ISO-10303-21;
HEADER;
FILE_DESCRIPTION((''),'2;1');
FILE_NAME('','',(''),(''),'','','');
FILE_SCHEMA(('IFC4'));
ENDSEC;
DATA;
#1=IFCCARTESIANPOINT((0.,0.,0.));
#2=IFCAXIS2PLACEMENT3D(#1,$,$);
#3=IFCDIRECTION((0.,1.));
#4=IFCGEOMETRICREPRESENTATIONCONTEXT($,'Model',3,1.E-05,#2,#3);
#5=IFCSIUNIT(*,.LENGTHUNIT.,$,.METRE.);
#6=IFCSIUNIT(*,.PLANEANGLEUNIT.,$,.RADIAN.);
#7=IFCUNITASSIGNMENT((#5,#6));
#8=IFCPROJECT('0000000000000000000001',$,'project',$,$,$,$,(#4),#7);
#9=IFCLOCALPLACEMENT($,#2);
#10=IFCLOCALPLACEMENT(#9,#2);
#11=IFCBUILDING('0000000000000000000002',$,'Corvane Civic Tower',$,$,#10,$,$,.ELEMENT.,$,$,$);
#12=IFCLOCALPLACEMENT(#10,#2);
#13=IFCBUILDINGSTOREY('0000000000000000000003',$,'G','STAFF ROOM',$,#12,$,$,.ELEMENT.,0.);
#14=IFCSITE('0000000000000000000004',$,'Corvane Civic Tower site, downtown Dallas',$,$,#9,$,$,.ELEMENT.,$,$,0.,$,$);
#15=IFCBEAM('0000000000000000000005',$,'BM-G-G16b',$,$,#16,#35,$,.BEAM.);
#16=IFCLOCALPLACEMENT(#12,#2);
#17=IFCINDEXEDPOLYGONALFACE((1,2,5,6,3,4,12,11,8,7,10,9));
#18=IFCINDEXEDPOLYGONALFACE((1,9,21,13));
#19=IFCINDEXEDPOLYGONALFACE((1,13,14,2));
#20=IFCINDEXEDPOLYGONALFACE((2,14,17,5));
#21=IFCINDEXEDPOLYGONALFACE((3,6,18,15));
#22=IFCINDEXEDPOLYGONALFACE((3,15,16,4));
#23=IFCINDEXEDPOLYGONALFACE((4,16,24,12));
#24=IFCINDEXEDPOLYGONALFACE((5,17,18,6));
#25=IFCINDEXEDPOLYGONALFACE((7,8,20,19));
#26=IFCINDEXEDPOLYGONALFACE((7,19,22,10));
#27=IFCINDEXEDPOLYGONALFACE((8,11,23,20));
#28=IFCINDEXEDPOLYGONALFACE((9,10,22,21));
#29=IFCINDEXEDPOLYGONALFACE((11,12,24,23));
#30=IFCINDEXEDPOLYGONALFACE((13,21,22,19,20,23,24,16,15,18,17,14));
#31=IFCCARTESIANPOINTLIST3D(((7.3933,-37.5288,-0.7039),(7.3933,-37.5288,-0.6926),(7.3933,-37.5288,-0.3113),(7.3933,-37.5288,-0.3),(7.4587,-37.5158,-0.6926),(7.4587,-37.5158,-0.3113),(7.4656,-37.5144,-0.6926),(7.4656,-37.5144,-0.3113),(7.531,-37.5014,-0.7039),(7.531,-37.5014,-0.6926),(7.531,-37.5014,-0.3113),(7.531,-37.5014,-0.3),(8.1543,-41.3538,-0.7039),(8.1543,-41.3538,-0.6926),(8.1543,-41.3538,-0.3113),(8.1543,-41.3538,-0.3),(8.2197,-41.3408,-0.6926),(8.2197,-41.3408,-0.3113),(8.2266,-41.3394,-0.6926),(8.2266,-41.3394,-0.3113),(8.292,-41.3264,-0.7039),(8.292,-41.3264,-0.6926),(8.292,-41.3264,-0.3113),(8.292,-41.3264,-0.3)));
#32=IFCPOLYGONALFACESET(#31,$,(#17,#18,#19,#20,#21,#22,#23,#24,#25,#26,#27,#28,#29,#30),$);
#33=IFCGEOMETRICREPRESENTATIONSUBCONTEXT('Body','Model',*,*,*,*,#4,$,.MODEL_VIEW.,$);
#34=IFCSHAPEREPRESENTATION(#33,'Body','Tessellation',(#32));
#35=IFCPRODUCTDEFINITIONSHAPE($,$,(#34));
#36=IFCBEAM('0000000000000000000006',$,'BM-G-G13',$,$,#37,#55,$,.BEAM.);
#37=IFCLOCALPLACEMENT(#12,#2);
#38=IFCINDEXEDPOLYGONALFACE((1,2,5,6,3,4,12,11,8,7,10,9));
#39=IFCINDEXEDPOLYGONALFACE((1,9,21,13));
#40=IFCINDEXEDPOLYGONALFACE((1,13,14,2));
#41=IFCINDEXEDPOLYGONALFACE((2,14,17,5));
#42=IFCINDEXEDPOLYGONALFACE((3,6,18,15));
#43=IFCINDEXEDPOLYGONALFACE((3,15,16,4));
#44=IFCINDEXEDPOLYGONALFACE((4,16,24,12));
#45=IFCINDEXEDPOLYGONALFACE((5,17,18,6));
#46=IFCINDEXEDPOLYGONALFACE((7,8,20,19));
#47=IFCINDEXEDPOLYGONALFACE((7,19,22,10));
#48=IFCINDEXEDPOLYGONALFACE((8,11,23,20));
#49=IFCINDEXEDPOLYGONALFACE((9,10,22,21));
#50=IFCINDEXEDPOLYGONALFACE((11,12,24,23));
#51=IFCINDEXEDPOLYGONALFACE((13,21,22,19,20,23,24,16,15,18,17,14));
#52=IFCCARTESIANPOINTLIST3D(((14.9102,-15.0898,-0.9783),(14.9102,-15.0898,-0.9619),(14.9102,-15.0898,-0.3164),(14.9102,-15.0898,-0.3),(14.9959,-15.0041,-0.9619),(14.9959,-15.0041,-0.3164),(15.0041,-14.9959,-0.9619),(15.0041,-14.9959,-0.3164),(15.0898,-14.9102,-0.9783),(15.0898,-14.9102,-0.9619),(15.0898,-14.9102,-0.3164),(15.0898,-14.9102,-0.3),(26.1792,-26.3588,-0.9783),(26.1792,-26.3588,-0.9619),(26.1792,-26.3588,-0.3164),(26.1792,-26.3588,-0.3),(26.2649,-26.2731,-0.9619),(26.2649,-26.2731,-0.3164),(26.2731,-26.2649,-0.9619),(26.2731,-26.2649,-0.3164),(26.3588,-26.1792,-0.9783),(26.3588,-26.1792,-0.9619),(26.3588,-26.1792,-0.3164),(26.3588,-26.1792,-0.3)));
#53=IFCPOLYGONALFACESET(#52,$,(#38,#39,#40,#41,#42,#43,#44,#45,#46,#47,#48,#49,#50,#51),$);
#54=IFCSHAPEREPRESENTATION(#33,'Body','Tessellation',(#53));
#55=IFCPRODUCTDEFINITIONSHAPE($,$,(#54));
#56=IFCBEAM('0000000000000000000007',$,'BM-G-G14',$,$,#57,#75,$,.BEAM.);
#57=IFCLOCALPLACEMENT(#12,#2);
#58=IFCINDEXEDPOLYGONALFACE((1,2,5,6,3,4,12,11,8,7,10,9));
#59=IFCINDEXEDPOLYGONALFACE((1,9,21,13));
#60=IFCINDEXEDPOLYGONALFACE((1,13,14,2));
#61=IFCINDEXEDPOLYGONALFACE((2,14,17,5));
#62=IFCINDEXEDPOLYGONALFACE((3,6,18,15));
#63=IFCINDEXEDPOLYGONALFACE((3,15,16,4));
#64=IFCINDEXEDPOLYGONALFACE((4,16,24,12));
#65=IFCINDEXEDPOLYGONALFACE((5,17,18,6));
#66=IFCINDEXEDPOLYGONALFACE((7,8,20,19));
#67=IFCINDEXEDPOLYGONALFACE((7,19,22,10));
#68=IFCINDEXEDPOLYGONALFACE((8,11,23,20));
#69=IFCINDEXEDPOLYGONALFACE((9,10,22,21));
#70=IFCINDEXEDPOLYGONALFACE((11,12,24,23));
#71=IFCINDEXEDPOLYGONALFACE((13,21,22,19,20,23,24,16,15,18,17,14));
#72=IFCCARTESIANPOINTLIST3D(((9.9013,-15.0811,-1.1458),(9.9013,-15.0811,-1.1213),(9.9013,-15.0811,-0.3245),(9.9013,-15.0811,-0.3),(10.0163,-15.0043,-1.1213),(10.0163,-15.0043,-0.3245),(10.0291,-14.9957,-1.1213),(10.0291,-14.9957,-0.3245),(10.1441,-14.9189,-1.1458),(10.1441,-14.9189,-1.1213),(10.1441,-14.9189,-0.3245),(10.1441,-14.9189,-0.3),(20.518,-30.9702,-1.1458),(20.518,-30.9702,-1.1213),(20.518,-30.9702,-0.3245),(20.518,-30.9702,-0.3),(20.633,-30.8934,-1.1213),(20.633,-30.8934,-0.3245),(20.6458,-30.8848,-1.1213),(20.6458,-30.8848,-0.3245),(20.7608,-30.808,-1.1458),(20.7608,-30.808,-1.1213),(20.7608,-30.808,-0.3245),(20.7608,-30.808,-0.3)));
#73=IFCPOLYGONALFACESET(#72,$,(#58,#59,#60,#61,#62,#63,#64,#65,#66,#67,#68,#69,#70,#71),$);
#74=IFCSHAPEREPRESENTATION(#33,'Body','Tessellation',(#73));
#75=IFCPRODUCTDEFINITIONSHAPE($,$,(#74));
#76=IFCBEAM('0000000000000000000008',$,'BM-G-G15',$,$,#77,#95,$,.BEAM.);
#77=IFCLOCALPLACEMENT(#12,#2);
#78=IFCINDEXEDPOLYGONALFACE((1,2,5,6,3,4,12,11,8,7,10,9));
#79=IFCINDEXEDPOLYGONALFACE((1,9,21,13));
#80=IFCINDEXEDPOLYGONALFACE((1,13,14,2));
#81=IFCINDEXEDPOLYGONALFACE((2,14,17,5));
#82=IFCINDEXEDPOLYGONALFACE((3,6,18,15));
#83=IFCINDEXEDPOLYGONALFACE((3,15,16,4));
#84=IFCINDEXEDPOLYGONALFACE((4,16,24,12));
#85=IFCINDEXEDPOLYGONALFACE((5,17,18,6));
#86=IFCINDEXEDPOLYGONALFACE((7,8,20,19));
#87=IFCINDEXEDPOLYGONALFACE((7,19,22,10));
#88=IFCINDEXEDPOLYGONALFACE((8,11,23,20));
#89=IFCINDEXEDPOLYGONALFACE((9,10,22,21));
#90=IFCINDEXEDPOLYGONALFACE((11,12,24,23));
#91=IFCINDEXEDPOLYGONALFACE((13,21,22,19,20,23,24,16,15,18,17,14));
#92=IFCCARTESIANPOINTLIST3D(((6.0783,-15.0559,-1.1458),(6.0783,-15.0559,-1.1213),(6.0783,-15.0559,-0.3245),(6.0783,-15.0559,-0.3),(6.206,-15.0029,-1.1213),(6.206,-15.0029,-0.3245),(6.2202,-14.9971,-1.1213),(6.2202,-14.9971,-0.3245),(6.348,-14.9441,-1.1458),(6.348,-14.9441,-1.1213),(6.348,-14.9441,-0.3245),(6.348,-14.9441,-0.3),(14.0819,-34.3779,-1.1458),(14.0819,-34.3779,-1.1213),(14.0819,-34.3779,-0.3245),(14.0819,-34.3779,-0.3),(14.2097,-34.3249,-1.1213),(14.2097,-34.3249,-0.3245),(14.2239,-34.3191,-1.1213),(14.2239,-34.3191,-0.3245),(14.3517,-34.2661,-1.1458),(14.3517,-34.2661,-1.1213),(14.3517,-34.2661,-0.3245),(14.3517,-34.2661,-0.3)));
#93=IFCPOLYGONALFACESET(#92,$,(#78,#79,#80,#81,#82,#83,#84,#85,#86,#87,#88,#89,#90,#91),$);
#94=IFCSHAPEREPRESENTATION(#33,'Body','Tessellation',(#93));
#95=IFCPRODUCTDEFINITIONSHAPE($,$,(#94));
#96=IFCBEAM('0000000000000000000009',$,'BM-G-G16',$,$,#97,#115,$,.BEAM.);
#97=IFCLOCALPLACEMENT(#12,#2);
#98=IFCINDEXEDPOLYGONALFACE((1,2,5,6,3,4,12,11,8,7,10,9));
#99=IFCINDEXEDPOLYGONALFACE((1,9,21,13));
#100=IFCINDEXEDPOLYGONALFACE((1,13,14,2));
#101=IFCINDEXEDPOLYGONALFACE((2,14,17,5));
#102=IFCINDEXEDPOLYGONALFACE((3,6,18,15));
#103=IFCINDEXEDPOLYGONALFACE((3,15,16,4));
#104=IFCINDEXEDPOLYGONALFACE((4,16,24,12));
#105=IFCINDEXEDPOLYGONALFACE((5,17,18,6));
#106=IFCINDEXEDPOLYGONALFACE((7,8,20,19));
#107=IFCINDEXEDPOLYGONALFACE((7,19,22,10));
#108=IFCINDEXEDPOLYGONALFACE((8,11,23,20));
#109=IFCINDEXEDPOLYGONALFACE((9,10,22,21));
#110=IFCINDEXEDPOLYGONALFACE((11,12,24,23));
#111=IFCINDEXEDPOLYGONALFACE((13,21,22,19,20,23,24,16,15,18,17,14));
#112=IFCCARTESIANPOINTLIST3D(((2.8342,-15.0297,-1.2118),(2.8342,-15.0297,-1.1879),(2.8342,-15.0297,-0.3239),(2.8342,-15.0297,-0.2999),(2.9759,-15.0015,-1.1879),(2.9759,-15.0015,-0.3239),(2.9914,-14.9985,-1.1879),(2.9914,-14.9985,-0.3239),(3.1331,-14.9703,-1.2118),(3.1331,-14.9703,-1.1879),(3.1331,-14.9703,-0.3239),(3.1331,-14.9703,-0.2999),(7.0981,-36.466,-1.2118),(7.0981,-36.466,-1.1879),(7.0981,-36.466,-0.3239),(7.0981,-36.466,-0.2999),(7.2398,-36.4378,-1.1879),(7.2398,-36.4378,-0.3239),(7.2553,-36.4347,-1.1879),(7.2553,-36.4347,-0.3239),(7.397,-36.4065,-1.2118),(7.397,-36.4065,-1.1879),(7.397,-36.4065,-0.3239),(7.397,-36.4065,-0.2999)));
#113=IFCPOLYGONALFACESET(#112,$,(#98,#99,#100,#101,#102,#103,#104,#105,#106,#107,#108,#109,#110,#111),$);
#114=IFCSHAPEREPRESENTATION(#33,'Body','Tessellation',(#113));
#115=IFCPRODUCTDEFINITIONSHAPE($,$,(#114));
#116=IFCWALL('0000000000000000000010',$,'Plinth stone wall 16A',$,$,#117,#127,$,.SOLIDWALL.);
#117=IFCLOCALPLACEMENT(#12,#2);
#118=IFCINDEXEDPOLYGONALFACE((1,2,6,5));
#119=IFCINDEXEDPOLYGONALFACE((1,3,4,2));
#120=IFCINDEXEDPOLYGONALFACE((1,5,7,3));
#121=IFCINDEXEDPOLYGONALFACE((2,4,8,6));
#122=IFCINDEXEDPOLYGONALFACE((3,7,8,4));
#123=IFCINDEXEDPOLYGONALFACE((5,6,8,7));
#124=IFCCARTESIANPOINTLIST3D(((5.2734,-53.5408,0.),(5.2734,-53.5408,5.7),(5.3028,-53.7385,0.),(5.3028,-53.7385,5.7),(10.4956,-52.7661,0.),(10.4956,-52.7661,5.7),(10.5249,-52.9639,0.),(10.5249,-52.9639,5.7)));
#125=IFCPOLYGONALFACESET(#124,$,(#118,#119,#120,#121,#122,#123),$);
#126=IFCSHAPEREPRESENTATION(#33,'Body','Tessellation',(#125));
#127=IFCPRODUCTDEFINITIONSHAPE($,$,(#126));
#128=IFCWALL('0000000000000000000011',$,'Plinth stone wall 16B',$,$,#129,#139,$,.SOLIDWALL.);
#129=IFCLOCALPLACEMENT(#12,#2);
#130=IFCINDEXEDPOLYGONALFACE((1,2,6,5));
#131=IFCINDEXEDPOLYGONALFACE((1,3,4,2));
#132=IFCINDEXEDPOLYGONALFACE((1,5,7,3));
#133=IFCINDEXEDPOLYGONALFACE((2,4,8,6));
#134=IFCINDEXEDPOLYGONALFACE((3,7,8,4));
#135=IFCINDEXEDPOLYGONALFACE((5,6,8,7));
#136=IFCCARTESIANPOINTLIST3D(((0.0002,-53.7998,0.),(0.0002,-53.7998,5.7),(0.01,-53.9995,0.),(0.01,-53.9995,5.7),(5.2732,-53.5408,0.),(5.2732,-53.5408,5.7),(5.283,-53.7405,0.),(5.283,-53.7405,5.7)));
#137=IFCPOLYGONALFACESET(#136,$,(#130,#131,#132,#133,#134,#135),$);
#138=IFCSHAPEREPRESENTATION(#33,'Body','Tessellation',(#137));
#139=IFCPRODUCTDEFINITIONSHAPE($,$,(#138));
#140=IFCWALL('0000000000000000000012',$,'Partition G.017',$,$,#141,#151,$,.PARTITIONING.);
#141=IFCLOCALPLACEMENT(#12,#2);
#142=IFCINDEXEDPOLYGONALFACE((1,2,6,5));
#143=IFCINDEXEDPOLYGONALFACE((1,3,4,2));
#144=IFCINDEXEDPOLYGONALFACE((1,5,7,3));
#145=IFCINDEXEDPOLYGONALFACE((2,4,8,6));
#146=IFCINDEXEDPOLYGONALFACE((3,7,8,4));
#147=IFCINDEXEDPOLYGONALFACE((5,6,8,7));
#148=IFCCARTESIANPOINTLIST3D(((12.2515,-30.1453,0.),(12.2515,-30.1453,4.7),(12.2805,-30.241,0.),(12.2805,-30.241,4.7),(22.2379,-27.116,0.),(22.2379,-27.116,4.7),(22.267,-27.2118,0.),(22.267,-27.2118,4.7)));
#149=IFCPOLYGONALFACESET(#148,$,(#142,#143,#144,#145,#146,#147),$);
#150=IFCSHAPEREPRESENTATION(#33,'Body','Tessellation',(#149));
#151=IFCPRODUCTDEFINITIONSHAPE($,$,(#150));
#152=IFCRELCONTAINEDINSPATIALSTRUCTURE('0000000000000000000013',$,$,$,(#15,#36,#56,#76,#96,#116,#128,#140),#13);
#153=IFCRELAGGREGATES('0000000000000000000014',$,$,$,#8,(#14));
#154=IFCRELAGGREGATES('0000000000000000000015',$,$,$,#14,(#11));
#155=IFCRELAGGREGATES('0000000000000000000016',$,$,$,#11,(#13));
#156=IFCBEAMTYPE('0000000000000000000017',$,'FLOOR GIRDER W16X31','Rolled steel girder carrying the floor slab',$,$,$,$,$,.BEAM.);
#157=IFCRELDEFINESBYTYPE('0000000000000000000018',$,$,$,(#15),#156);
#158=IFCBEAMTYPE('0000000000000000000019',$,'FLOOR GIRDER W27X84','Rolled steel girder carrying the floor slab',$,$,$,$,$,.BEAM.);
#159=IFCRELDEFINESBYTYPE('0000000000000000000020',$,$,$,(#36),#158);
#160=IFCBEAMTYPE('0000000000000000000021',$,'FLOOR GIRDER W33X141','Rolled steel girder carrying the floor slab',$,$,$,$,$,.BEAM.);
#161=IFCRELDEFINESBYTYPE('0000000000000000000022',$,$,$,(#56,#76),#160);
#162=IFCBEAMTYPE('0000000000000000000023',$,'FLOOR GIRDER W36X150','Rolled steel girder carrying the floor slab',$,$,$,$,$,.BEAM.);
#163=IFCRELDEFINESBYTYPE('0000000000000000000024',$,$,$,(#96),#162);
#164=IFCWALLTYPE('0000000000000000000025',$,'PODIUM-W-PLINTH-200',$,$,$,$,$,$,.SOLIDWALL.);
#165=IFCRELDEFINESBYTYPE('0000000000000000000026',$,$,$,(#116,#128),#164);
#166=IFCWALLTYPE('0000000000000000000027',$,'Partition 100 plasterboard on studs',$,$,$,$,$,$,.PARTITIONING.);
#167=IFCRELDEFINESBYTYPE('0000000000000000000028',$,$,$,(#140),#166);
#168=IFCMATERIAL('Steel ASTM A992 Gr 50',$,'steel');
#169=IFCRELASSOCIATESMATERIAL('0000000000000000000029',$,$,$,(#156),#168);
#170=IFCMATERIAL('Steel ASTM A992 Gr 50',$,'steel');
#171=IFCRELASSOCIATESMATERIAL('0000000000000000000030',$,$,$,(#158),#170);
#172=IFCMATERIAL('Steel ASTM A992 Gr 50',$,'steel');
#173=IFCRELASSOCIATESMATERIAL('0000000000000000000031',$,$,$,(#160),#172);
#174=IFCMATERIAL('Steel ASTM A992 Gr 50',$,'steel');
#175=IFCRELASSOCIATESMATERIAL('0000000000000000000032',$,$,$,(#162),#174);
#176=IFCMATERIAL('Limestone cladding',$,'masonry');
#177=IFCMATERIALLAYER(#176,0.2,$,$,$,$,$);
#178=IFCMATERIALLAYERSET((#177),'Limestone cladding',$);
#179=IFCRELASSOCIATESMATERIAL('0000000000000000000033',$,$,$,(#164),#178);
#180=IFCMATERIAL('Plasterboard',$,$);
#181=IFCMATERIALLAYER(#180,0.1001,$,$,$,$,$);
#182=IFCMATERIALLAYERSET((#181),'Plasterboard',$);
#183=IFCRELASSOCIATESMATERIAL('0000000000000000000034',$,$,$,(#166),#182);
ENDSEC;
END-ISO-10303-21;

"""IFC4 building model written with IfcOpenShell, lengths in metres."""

from ifc_helpers import new_model, si_unit, direction, frame, frame_2d, origin, origin_2d, place, context, subcontext, project, spatial, rectangle, i_section, extrude, material, layer, layer_set, material_profile, profile_set, type_object, element, save


model = new_model("IFC4")

# Units and contexts
model_context = context("Model", 3, precision=1e-05, world=origin(), true_north=direction((0.0, 1.0)))
body_context = subcontext(model_context, "Body", "Model", "MODEL_VIEW")
ifc_project = project(units=[si_unit("LENGTHUNIT", "METRE"), si_unit("PLANEANGLEUNIT", "RADIAN")], contexts=[model_context])

# Site, building, storey
site_placement = place(None, origin())
site = spatial("IfcSite", under=ifc_project, at=site_placement, Name="Corvane Civic Tower site, downtown Dallas", CompositionType="ELEMENT", RefElevation=0.0)
building_placement = place(site_placement, origin())
building = spatial("IfcBuilding", under=site, at=building_placement, Name="Corvane Civic Tower", CompositionType="ELEMENT")
storey_placement = place(building_placement, origin())
storey = spatial("IfcBuildingStorey", under=building, at=storey_placement, Name="G", Description="STAFF ROOM", CompositionType="ELEMENT", Elevation=0.0)

# Beams
ifc_material_1 = material(Name="Steel ASTM A992 Gr 50", Category="steel")
ifc_material_profile_1 = material_profile(ifc_material_1, i_section(OverallWidth=0.1404, OverallDepth=0.4038, WebThickness=0.0071, FlangeThickness=0.0112, at=origin_2d()), Name="W16X31")
ifc_profile_set_1 = profile_set([ifc_material_profile_1], Name="Steel ASTM A992 Gr 50")
beam_type_1 = type_object("IfcBeamType", Name="FLOOR GIRDER W16X31", Description="Rolled steel girder carrying the floor slab", PredefinedType="BEAM", material=ifc_profile_set_1)
for number, where, z_axis, x_axis, name in (
    (1, (7.4622, -37.5151, -0.502), (0.195129, -0.980778, 0.0), (0.980778, 0.195129, 0.0), "BM-G-G16b"),
):
    element("IfcBeam", number, at=place(storey_placement, frame(where, z_axis=z_axis, x_axis=x_axis)), inside=storey, type_object=beam_type_1, Name=name, PredefinedType="BEAM", context=body_context, shape_type="SweptSolid", body=[
        extrude(i_section(OverallWidth=0.1404, OverallDepth=0.4038, WebThickness=0.0071, FlangeThickness=0.0112, at=origin_2d()), origin(), (0.0, 0.0, 1.0), 3.8999),
    ])
ifc_material_2 = material(Name="Steel ASTM A992 Gr 50", Category="steel")
ifc_material_profile_2 = material_profile(ifc_material_2, i_section(OverallWidth=0.2539, OverallDepth=0.6782, WebThickness=0.0117, FlangeThickness=0.0164, at=origin_2d()), Name="W27X84")
ifc_profile_set_2 = profile_set([ifc_material_profile_2], Name="Steel ASTM A992 Gr 50")
beam_type_2 = type_object("IfcBeamType", Name="FLOOR GIRDER W27X84", Description="Rolled steel girder carrying the floor slab", PredefinedType="BEAM", material=ifc_profile_set_2)
beam_1_placement = place(storey_placement, frame((15.0, -15.0, -0.6392), z_axis=(0.707107, -0.707107, 0.0), x_axis=(0.707107, 0.707107, 0.0)))
element("IfcBeam", 2, at=beam_1_placement, inside=storey, type_object=beam_type_2, Name="BM-G-G13", PredefinedType="BEAM", context=body_context, shape_type="SweptSolid", body=[
    extrude(i_section(OverallWidth=0.2539, OverallDepth=0.6782, WebThickness=0.0117, FlangeThickness=0.0164, at=origin_2d()), origin(), (0.0, 0.0, 1.0), 15.9368),
])
ifc_material_3 = material(Name="Steel ASTM A992 Gr 50", Category="steel")
ifc_material_profile_3 = material_profile(ifc_material_3, i_section(OverallWidth=0.292, OverallDepth=0.8457, WebThickness=0.0154, FlangeThickness=0.0244, at=origin_2d()), Name="W33X141")
ifc_profile_set_3 = profile_set([ifc_material_profile_3], Name="Steel ASTM A992 Gr 50")
beam_type_3 = type_object("IfcBeamType", Name="FLOOR GIRDER W33X141", Description="Rolled steel girder carrying the floor slab", PredefinedType="BEAM", material=ifc_profile_set_3)
beam_2_placement = place(storey_placement, frame((10.0227, -15.0, -0.7229), z_axis=(0.555567, -0.831472, 0.0), x_axis=(0.831472, 0.555567, 0.0)))
element("IfcBeam", 3, at=beam_2_placement, inside=storey, type_object=beam_type_3, Name="BM-G-G14", PredefinedType="BEAM", context=body_context, shape_type="SweptSolid", body=[
    extrude(i_section(OverallWidth=0.292, OverallDepth=0.8457, WebThickness=0.0154, FlangeThickness=0.0244, at=origin_2d()), origin(), (0.0, 0.0, 1.0), 19.1096),
])
beam_3_placement = place(storey_placement, frame((6.2131, -15.0, -0.7229), z_axis=(0.382692, -0.923876, 0.0), x_axis=(0.923876, 0.382692, 0.0)))
element("IfcBeam", 4, at=beam_3_placement, inside=storey, type_object=beam_type_3, Name="BM-G-G15", PredefinedType="BEAM", context=body_context, shape_type="SweptSolid", body=[
    extrude(i_section(OverallWidth=0.292, OverallDepth=0.8457, WebThickness=0.0154, FlangeThickness=0.0244, at=origin_2d()), origin(), (0.0, 0.0, 1.0), 20.9141),
])
ifc_material_4 = material(Name="Steel ASTM A992 Gr 50", Category="steel")
ifc_material_profile_4 = material_profile(ifc_material_4, i_section(OverallWidth=0.3047, OverallDepth=0.9119, WebThickness=0.0159, FlangeThickness=0.0239, at=origin_2d()), Name="W36X150")
ifc_profile_set_4 = profile_set([ifc_material_profile_4], Name="Steel ASTM A992 Gr 50")
beam_type_4 = type_object("IfcBeamType", Name="FLOOR GIRDER W36X150", Description="Rolled steel girder carrying the floor slab", PredefinedType="BEAM", material=ifc_profile_set_4)
beam_4_placement = place(storey_placement, frame((2.9836, -15.0, -0.7559), z_axis=(0.195089, -0.980785, 0.0), x_axis=(0.980785, 0.195089, 0.0)))
element("IfcBeam", 5, at=beam_4_placement, inside=storey, type_object=beam_type_4, Name="BM-G-G16", PredefinedType="BEAM", context=body_context, shape_type="SweptSolid", body=[
    extrude(i_section(OverallWidth=0.3047, OverallDepth=0.9119, WebThickness=0.0159, FlangeThickness=0.0239, at=origin_2d()), origin(), (0.0, 0.0, 1.0), 21.8562),
])

# Walls
ifc_material_5 = material(Name="Limestone cladding", Category="masonry")
ifc_layer_1 = layer(ifc_material_5, 0.2)
ifc_layer_set_1 = layer_set([ifc_layer_1], Name="Limestone cladding")
wall_type_1 = type_object("IfcWallType", Name="PODIUM-W-PLINTH-200", PredefinedType="SOLIDWALL", material=ifc_layer_set_1)
for number, where, z_axis, x_axis, name in (
    (6, (10.5103, -52.865, 0.0), (0.0, 0.0, 1.0), (-0.989176, -0.146735, 0.0), "Plinth stone wall 16A"),
    (7, (5.2781, -53.6406, 0.0), (0.0, 0.0, 1.0), (-0.998796, -0.049066, 0.0), "Plinth stone wall 16B"),
):
    element("IfcWall", number, at=place(storey_placement, frame(where, z_axis=z_axis, x_axis=x_axis)), inside=storey, type_object=wall_type_1, Name=name, PredefinedType="SOLIDWALL", context=body_context, shape_type="SweptSolid", body=[
        extrude(rectangle(XDim=5.2793, YDim=0.2, at=frame_2d((2.6396, 0.0))), origin(), (0.0, 0.0, 1.0), 5.7),
    ])
ifc_material_6 = material(Name="Plasterboard")
ifc_layer_2 = layer(ifc_material_6, 0.1001)
ifc_layer_set_2 = layer_set([ifc_layer_2], Name="Plasterboard")
wall_type_2 = type_object("IfcWallType", Name="Partition 100 plasterboard on studs", PredefinedType="PARTITIONING", material=ifc_layer_set_2)
wall_1_placement = place(storey_placement, frame((12.2661, -30.1931, 0.0), z_axis=(0.0, 0.0, 1.0), x_axis=(0.956943, 0.290276, 0.0)))
element("IfcWall", 8, at=wall_1_placement, inside=storey, type_object=wall_type_2, Name="Partition G.017", PredefinedType="PARTITIONING", context=body_context, shape_type="SweptSolid", body=[
    extrude(rectangle(XDim=10.4358, YDim=0.1001, at=frame_2d((5.2178, 0.0))), origin(), (0.0, 0.0, 1.0), 4.7),
])

save(model, "model.ifc")
